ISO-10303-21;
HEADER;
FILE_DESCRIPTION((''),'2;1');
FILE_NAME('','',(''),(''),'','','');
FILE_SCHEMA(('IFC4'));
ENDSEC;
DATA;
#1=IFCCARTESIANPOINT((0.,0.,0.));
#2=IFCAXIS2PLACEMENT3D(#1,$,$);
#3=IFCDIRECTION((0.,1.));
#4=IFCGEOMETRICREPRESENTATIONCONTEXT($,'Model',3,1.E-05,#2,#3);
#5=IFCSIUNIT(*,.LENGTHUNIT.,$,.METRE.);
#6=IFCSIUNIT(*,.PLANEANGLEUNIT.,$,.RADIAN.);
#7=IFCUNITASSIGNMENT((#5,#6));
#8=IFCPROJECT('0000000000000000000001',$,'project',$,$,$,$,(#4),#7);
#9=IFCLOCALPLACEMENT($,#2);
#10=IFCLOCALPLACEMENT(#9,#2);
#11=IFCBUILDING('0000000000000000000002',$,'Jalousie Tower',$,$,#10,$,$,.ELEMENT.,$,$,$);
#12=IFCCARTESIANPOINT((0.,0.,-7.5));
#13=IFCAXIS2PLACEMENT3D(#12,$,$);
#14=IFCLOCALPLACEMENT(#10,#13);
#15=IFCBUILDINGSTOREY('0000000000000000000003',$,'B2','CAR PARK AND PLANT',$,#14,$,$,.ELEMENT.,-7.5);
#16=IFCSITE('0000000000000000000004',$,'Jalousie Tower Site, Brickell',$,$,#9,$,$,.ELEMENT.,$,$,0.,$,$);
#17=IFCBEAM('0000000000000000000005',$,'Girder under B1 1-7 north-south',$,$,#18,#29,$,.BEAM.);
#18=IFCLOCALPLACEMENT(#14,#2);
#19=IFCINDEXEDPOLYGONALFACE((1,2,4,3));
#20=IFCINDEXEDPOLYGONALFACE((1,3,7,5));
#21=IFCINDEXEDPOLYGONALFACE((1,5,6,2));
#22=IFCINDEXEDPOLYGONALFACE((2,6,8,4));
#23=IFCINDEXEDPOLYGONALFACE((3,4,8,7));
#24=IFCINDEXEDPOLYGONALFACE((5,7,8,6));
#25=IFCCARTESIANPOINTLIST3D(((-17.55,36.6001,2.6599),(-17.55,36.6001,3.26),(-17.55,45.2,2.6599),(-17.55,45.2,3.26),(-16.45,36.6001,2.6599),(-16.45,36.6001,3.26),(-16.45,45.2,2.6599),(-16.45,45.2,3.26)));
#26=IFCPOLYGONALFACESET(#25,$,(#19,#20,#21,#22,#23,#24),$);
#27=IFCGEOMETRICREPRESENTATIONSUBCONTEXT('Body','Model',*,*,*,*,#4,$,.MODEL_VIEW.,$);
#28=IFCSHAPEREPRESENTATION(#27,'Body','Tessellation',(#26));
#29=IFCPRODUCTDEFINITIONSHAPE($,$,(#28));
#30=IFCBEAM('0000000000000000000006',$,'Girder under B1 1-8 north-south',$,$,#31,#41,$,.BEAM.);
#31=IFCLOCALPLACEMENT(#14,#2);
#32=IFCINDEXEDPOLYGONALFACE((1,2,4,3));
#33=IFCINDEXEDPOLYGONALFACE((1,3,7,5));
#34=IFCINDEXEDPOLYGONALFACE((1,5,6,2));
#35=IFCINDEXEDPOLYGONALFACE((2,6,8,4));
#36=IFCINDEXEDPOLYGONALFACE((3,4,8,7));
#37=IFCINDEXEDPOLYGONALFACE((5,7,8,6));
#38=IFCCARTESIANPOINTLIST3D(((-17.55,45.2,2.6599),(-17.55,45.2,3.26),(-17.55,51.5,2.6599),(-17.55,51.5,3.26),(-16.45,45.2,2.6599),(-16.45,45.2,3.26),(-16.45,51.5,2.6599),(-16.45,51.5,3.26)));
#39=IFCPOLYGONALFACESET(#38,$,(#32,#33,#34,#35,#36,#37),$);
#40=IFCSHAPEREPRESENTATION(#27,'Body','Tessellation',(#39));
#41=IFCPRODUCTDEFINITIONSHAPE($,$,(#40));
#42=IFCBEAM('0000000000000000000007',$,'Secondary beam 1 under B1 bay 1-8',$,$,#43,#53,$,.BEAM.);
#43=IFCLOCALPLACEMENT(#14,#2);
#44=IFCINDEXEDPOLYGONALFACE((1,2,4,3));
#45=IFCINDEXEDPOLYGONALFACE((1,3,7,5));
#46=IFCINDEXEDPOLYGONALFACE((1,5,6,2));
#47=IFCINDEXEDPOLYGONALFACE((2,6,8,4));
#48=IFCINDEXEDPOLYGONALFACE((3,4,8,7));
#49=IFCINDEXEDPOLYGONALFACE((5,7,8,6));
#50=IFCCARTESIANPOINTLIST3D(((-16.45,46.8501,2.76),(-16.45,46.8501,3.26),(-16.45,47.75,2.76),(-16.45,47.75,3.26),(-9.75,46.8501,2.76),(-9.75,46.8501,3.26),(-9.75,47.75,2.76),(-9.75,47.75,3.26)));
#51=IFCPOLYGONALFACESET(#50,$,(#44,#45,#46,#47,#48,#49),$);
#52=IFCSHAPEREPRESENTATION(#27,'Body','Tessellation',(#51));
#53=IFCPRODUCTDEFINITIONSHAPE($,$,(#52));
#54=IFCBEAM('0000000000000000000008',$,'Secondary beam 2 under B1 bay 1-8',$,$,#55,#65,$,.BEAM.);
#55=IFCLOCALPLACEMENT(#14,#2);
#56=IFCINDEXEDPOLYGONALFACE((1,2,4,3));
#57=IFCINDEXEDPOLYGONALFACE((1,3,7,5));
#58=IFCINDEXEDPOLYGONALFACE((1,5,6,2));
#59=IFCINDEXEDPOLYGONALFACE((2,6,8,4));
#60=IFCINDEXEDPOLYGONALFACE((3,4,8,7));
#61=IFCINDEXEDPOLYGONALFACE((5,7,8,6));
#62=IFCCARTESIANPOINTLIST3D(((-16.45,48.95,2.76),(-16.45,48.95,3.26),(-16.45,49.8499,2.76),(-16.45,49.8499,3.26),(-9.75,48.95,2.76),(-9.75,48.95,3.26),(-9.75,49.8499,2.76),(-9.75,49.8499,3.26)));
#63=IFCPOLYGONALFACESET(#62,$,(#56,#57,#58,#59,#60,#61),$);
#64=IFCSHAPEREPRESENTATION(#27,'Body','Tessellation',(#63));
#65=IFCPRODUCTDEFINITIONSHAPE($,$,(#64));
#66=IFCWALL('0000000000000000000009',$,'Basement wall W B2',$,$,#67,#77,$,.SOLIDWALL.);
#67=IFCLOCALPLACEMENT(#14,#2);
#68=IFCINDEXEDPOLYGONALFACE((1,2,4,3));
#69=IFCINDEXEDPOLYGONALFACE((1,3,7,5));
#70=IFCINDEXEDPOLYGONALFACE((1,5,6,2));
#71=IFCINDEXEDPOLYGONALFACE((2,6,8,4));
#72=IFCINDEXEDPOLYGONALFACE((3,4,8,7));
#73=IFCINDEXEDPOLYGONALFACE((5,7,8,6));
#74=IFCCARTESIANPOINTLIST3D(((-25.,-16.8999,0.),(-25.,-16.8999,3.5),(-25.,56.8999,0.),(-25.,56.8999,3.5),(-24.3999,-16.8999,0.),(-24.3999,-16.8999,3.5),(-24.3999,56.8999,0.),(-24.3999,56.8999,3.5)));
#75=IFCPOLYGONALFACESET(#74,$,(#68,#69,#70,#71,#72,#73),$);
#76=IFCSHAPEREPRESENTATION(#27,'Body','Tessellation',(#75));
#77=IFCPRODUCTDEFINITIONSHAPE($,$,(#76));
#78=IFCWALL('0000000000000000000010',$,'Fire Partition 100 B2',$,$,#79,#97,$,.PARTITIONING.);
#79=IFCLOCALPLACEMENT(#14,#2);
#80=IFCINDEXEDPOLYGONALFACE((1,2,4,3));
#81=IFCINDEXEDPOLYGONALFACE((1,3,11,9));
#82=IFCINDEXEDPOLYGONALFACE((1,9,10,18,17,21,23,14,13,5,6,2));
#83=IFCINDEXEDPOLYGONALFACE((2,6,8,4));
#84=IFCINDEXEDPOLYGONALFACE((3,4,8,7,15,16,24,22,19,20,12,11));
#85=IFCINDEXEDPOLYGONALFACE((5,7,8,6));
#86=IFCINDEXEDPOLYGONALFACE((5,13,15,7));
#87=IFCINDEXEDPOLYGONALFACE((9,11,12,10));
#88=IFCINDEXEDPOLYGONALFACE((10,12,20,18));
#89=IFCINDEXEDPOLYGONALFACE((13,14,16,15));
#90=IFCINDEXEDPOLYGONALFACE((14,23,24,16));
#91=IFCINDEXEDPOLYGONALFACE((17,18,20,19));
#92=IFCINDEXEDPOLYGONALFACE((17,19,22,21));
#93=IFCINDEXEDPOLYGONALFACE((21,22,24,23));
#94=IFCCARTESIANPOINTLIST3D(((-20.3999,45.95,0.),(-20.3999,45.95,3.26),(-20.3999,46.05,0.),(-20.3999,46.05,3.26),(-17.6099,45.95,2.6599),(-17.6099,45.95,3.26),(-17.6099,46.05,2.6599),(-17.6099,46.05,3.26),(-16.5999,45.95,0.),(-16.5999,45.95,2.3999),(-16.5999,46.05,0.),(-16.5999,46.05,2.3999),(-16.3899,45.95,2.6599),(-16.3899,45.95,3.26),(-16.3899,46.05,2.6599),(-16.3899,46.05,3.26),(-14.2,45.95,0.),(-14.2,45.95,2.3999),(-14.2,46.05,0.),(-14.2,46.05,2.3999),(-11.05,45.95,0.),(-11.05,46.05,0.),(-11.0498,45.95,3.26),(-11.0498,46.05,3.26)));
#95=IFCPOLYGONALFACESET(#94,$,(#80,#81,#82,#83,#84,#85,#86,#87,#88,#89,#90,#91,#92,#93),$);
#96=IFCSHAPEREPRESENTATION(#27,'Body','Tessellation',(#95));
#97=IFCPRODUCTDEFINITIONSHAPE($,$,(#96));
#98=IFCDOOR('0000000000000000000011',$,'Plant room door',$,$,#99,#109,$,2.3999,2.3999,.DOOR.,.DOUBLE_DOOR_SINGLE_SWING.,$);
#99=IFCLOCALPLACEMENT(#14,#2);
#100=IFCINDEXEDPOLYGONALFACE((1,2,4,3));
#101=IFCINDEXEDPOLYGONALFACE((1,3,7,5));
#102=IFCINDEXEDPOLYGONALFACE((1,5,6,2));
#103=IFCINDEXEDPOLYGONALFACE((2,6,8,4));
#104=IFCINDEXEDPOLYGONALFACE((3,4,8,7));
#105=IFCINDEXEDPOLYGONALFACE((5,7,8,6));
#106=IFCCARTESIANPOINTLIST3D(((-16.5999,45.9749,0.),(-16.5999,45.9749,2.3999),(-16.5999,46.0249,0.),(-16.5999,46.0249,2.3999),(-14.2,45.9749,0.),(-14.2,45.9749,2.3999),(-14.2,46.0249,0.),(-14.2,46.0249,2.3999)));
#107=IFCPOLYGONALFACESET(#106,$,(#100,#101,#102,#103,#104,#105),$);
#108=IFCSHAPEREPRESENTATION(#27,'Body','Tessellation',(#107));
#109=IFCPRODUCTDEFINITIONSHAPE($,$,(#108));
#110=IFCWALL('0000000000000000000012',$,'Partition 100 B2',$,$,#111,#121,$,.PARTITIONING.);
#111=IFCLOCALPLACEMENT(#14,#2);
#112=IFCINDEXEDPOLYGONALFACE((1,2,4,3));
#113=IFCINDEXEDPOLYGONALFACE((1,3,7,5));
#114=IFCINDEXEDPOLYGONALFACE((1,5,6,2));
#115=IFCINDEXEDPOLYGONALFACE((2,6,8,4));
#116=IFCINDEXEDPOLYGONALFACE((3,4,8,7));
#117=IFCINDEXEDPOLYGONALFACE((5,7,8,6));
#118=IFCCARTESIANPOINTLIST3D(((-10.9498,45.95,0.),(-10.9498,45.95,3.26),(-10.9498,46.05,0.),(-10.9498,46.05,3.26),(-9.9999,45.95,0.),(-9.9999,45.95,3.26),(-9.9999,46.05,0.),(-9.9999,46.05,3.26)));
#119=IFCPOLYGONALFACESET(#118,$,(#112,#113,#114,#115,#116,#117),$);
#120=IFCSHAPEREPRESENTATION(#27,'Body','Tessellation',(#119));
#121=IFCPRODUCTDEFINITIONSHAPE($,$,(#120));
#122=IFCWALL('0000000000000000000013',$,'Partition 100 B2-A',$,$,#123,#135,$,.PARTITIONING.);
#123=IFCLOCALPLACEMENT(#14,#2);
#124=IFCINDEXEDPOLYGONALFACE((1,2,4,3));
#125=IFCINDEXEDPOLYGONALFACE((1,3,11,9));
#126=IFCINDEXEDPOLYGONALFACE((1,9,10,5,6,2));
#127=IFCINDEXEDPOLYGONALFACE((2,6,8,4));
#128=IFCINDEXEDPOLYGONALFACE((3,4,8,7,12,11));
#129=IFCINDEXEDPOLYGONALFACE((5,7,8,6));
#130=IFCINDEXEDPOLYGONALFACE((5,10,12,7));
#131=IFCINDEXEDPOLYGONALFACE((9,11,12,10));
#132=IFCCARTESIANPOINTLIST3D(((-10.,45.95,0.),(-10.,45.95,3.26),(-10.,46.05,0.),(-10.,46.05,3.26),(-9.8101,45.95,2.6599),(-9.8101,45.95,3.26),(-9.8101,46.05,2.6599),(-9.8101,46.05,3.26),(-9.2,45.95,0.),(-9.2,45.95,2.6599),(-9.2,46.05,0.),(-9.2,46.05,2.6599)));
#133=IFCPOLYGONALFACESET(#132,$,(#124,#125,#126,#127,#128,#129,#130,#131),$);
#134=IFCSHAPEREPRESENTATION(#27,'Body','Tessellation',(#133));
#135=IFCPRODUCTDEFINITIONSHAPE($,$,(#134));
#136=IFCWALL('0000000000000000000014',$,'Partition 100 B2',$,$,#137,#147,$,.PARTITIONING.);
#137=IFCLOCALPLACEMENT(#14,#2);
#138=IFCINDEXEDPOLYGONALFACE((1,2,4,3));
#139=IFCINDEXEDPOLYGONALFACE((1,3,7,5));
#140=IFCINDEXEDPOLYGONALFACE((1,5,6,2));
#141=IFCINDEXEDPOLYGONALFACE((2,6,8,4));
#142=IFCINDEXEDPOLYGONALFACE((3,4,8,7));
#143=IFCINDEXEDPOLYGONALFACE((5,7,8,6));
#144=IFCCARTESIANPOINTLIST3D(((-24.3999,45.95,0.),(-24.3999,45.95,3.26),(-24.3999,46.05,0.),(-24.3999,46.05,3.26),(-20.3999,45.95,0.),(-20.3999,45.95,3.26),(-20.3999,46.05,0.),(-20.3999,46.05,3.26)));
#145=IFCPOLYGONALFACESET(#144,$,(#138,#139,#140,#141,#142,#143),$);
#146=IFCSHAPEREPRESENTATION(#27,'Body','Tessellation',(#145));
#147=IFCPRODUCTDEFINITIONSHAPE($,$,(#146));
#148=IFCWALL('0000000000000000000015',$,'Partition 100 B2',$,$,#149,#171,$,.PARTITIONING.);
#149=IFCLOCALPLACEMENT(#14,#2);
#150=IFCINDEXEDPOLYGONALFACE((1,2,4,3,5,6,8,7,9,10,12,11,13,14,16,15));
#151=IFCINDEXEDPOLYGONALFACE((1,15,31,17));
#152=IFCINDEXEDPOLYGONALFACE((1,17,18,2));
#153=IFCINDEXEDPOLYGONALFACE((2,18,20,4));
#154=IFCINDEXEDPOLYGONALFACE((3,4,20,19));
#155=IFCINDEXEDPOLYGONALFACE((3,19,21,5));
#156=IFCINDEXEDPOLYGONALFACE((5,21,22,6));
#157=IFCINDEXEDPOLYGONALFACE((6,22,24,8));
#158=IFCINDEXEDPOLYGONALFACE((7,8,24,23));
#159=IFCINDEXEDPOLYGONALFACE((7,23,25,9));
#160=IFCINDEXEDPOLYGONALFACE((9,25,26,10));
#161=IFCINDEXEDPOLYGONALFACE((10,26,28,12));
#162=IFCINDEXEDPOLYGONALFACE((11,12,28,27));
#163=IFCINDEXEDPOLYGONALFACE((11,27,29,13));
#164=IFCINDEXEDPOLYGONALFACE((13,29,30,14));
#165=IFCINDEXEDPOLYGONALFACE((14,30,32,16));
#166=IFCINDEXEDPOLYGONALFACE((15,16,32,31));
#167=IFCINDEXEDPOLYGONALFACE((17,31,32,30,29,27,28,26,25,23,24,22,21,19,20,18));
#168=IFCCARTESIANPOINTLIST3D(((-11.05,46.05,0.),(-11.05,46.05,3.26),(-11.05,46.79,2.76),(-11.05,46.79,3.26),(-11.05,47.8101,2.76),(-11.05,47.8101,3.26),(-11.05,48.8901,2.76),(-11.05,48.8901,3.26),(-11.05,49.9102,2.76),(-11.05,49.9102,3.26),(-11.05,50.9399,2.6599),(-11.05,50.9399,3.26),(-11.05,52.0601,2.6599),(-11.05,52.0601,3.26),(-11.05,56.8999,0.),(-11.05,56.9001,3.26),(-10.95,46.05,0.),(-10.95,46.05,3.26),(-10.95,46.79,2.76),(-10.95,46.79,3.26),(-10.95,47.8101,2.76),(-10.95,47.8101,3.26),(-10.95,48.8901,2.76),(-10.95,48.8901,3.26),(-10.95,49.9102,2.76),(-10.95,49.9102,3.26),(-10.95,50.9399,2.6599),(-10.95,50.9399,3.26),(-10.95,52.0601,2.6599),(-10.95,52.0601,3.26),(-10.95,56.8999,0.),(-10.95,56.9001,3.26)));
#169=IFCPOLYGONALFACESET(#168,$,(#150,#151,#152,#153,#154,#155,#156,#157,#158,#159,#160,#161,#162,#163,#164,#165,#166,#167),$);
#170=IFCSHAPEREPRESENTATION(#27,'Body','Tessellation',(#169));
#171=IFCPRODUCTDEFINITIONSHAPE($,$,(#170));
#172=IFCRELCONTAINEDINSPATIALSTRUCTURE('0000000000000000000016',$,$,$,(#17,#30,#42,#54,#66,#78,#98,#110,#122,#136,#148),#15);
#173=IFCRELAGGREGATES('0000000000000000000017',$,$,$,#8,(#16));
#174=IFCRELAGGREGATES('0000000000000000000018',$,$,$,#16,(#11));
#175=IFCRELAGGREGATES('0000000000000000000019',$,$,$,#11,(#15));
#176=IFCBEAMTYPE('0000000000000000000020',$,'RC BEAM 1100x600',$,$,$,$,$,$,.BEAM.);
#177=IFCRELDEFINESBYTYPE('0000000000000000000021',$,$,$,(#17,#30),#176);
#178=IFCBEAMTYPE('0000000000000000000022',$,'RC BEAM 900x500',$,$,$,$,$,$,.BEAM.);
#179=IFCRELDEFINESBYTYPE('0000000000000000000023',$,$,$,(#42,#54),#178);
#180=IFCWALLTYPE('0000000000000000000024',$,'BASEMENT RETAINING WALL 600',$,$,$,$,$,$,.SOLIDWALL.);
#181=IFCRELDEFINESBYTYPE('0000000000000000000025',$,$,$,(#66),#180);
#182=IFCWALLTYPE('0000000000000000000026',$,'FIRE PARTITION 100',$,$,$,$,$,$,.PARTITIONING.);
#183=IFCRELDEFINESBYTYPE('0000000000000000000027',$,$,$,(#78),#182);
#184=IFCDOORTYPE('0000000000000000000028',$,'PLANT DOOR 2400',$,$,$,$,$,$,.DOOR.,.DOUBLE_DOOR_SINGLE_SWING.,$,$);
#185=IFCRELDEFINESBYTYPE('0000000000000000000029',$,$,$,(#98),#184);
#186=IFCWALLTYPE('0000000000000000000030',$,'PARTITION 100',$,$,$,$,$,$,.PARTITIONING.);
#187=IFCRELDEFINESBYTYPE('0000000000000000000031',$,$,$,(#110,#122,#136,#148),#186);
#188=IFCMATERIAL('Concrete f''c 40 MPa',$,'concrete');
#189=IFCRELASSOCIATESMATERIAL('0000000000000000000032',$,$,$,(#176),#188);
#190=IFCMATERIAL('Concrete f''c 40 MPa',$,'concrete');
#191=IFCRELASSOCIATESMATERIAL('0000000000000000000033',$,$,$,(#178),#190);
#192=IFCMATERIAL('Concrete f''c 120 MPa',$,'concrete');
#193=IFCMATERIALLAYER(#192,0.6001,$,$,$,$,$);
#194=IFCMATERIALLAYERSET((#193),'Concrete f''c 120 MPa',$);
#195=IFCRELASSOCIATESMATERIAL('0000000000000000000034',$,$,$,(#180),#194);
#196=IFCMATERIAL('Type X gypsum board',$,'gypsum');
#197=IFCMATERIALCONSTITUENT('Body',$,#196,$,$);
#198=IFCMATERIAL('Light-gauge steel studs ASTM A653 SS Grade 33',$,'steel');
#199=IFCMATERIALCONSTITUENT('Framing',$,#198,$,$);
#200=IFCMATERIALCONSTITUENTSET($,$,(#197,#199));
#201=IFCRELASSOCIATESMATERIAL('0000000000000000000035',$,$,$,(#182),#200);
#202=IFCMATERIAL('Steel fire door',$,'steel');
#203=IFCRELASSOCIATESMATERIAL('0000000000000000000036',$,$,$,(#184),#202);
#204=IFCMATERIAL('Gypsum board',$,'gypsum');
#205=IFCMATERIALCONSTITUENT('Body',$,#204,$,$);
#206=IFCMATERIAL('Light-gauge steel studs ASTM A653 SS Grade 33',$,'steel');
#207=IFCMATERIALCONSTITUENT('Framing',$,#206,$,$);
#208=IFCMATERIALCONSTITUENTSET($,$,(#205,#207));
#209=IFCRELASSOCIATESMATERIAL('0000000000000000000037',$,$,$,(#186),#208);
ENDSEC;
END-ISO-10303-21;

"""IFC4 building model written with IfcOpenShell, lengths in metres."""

from ifc_helpers import new_model, si_unit, direction, frame, frame_2d, origin, origin_2d, place, context, subcontext, project, spatial, polyline, rectangle, outline, extrude, material, layer, layer_set, constituent, constituent_set, material_profile, profile_set, type_object, element, fill, save


model = new_model("IFC4")

# Units and contexts
model_context = context("Model", 3, precision=1e-05, world=origin(), true_north=direction((0.0, 1.0)))
body_context = subcontext(model_context, "Body", "Model", "MODEL_VIEW")
ifc_project = project(units=[si_unit("LENGTHUNIT", "METRE"), si_unit("PLANEANGLEUNIT", "RADIAN")], contexts=[model_context])

# Site, building, storey
site_placement = place(None, origin())
site = spatial("IfcSite", under=ifc_project, at=site_placement, Name="Jalousie Tower Site, Brickell", CompositionType="ELEMENT", RefElevation=0.0)
building_placement = place(site_placement, origin())
building = spatial("IfcBuilding", under=site, at=building_placement, Name="Jalousie Tower", CompositionType="ELEMENT")
storey_placement = place(building_placement, frame((0.0, 0.0, -7.5)))
storey = spatial("IfcBuildingStorey", under=building, at=storey_placement, Name="B2", Description="CAR PARK AND PLANT", CompositionType="ELEMENT", Elevation=-7.5)

# Beams
ifc_material_1 = material(Name="Concrete f'c 40 MPa", Category="concrete")
ifc_material_profile_1 = material_profile(ifc_material_1, rectangle(XDim=1.1001, YDim=0.6001, at=origin_2d()), Name="RC 1100x600")
ifc_profile_set_1 = profile_set([ifc_material_profile_1], Name="Concrete f'c 40 MPa")
beam_type_1 = type_object("IfcBeamType", Name="RC BEAM 1100x600", PredefinedType="BEAM", material=ifc_profile_set_1)
beam_1_placement = place(storey_placement, frame((-17.0, 36.6001, 2.96), z_axis=(0.0, 1.0, 0.0), x_axis=(-1.0, 0.0, 0.0)))
element("IfcBeam", 1, at=beam_1_placement, inside=storey, type_object=beam_type_1, Name="Girder under B1 1-7 north-south", PredefinedType="BEAM", context=body_context, shape_type="SweptSolid", body=[
    extrude(rectangle(XDim=1.1001, YDim=0.6001, at=origin_2d()), origin(), (0.0, 0.0, 1.0), 8.5999),
])
beam_2_placement = place(storey_placement, frame((-17.0, 45.2, 2.96), z_axis=(0.0, 1.0, 0.0), x_axis=(-1.0, 0.0, 0.0)))
element("IfcBeam", 2, at=beam_2_placement, inside=storey, type_object=beam_type_1, Name="Girder under B1 1-8 north-south", PredefinedType="BEAM", context=body_context, shape_type="SweptSolid", body=[
    extrude(rectangle(XDim=1.1001, YDim=0.6001, at=origin_2d()), origin(), (0.0, 0.0, 1.0), 6.3),
])
ifc_material_2 = material(Name="Concrete f'c 40 MPa", Category="concrete")
ifc_material_profile_2 = material_profile(ifc_material_2, rectangle(XDim=0.8999, YDim=0.5, at=origin_2d()), Name="RC 900x500")
ifc_profile_set_2 = profile_set([ifc_material_profile_2], Name="Concrete f'c 40 MPa")
beam_type_2 = type_object("IfcBeamType", Name="RC BEAM 900x500", PredefinedType="BEAM", material=ifc_profile_set_2)
for number, where, z_axis, x_axis, name in (
    (3, (-16.45, 47.3, 3.01), (1.0, 0.0, 0.0), (0.0, 1.0, 0.0), "Secondary beam 1 under B1 bay 1-8"),
    (4, (-16.45, 49.3999, 3.01), (1.0, 0.0, 0.0), (0.0, 1.0, 0.0), "Secondary beam 2 under B1 bay 1-8"),
):
    element("IfcBeam", number, at=place(storey_placement, frame(where, z_axis=z_axis, x_axis=x_axis)), inside=storey, type_object=beam_type_2, Name=name, PredefinedType="BEAM", context=body_context, shape_type="SweptSolid", body=[
        extrude(rectangle(XDim=0.8999, YDim=0.5, at=origin_2d()), origin(), (0.0, 0.0, 1.0), 6.7),
    ])

# Wall
ifc_material_3 = material(Name="Concrete f'c 120 MPa", Category="concrete")
ifc_layer = layer(ifc_material_3, 0.6001)
ifc_layer_set = layer_set([ifc_layer], Name="Concrete f'c 120 MPa")
wall_type_1 = type_object("IfcWallType", Name="BASEMENT RETAINING WALL 600", PredefinedType="SOLIDWALL", material=ifc_layer_set)
wall_1_placement = place(storey_placement, frame((-24.7, 56.8999, 0.0), z_axis=(0.0, 0.0, 1.0), x_axis=(0.0, -1.0, 0.0)))
element("IfcWall", 5, at=wall_1_placement, inside=storey, type_object=wall_type_1, Name="Basement wall W B2", PredefinedType="SOLIDWALL", context=body_context, shape_type="SweptSolid", body=[
    extrude(rectangle(XDim=73.7998, YDim=0.6001, at=frame_2d((36.8999, 0.0))), origin(), (0.0, 0.0, 1.0), 3.5),
])

# Wall, opening, door
ifc_material_4 = material(Name="Type X gypsum board", Category="gypsum")
ifc_constituent_1 = constituent(ifc_material_4, Name="Body")
ifc_material_5 = material(Name="Light-gauge steel studs ASTM A653 SS Grade 33", Category="steel")
ifc_constituent_2 = constituent(ifc_material_5, Name="Framing")
ifc_constituent_set_1 = constituent_set(constituents=[ifc_constituent_1, ifc_constituent_2])
wall_type_2 = type_object("IfcWallType", Name="FIRE PARTITION 100", PredefinedType="PARTITIONING", material=ifc_constituent_set_1)
wall_2_placement = place(storey_placement, frame((-20.3999, 46.0, 0.0), z_axis=(0.0, 0.0, 1.0), x_axis=(1.0, 0.0, 0.0)))
wall_2 = element("IfcWall", 6, at=wall_2_placement, inside=storey, type_object=wall_type_2, Name="Fire Partition 100 B2", PredefinedType="PARTITIONING", context=body_context, shape_type="SweptSolid", body=[
    extrude(outline(polyline([(0.0, 0.0), (9.3499, 0.0), (9.3501, 3.26), (4.01, 3.26), (4.01, 2.6599), (2.79, 2.6599), (2.79, 3.26), (0.0, 3.26), (0.0, 0.0)])), frame((0.0, 0.05, 0.0), z_axis=(0.0, -1.0, 0.0), x_axis=(1.0, 0.0, 0.0)), (0.0, 0.0, 1.0), 0.1001),
])
opening_1_placement = place(wall_2_placement, frame((3.8, 0.0, 0.0)))
opening_1 = element("IfcOpeningElement", 7, at=opening_1_placement, cuts=wall_2, PredefinedType="OPENING", context=body_context, shape_type="SweptSolid", body=[
    extrude(rectangle(XDim=2.3999, YDim=2.3999, at=frame_2d((1.2, 1.2))), frame((0.0, 0.0601, 0.0), z_axis=(0.0, -1.0, 0.0), x_axis=(1.0, 0.0, 0.0)), (0.0, 0.0, 1.0), 0.1201),
])
ifc_material_6 = material(Name="Steel fire door", Category="steel")
door_type_1 = type_object("IfcDoorType", Name="PLANT DOOR 2400", OperationType="DOUBLE_DOOR_SINGLE_SWING", PredefinedType="DOOR", material=ifc_material_6)
door_1_placement = place(opening_1_placement, origin())
door_1 = element("IfcDoor", 8, at=door_1_placement, inside=storey, type_object=door_type_1, Name="Plant room door", OperationType="DOUBLE_DOOR_SINGLE_SWING", OverallHeight=2.3999, OverallWidth=2.3999, PredefinedType="DOOR", context=body_context, shape_type="SweptSolid", body=[
    extrude(rectangle(XDim=2.3999, YDim=2.3999, at=frame_2d((1.2, 1.2))), frame((0.0, 0.0249, 0.0), z_axis=(0.0, -1.0, 0.0), x_axis=(1.0, 0.0, 0.0)), (0.0, 0.0, 1.0), 0.05),
])
fill(opening_1, door_1)

# Walls
ifc_material_7 = material(Name="Gypsum board", Category="gypsum")
ifc_constituent_3 = constituent(ifc_material_7, Name="Body")
ifc_material_8 = material(Name="Light-gauge steel studs ASTM A653 SS Grade 33", Category="steel")
ifc_constituent_4 = constituent(ifc_material_8, Name="Framing")
ifc_constituent_set_2 = constituent_set(constituents=[ifc_constituent_3, ifc_constituent_4])
wall_type_3 = type_object("IfcWallType", Name="PARTITION 100", PredefinedType="PARTITIONING", material=ifc_constituent_set_2)
wall_3_placement = place(storey_placement, frame((-10.95, 46.0, 0.0), z_axis=(0.0, 0.0, 1.0), x_axis=(1.0, 0.0, 0.0)))
element("IfcWall", 9, at=wall_3_placement, inside=storey, type_object=wall_type_3, Name="Partition 100 B2", PredefinedType="PARTITIONING", context=body_context, shape_type="SweptSolid", body=[
    extrude(rectangle(XDim=0.95, YDim=0.1001, at=frame_2d((0.4751, 0.0))), origin(), (0.0, 0.0, 1.0), 3.26),
])
wall_4_placement = place(storey_placement, frame((-10.0, 46.0, 0.0), z_axis=(0.0, 0.0, 1.0), x_axis=(1.0, 0.0, 0.0)))
element("IfcWall", 10, at=wall_4_placement, inside=storey, type_object=wall_type_3, Name="Partition 100 B2-A", PredefinedType="PARTITIONING", context=body_context, shape_type="SweptSolid", body=[
    extrude(outline(polyline([(0.0, 0.0), (0.8, 0.0), (0.8, 2.6599), (0.1899, 2.6599), (0.1899, 3.26), (0.0, 3.26), (0.0, 0.0)])), frame((0.0, 0.05, 0.0), z_axis=(0.0, -1.0, 0.0), x_axis=(1.0, 0.0, 0.0)), (0.0, 0.0, 1.0), 0.1001),
])
wall_5_placement = place(storey_placement, frame((-24.3999, 46.0, 0.0), z_axis=(0.0, 0.0, 1.0), x_axis=(1.0, 0.0, 0.0)))
element("IfcWall", 11, at=wall_5_placement, inside=storey, type_object=wall_type_3, Name="Partition 100 B2", PredefinedType="PARTITIONING", context=body_context, shape_type="SweptSolid", body=[
    extrude(rectangle(XDim=4.0, YDim=0.1001, at=frame_2d((2.0, 0.0))), origin(), (0.0, 0.0, 1.0), 3.26),
])
wall_6_placement = place(storey_placement, frame((-11.0, 46.05, 0.0), z_axis=(0.0, 0.0, 1.0), x_axis=(0.0, 1.0, 0.0)))
element("IfcWall", 12, at=wall_6_placement, inside=storey, type_object=wall_type_3, Name="Partition 100 B2", PredefinedType="PARTITIONING", context=body_context, shape_type="SweptSolid", body=[
    extrude(outline(polyline([(0.0, 0.0), (10.8499, 0.0), (10.8501, 3.26), (6.01, 3.26), (6.01, 2.6599), (4.8899, 2.6599), (4.8899, 3.26), (3.8601, 3.26), (3.8601, 2.76), (2.8401, 2.76), (2.8401, 3.26), (1.76, 3.26), (1.76, 2.76), (0.74, 2.76), (0.74, 3.26), (0.0, 3.26), (0.0, 0.0)])), frame((0.0, 0.05, 0.0), z_axis=(0.0, -1.0, 0.0), x_axis=(1.0, 0.0, 0.0)), (0.0, 0.0, 1.0), 0.1001),
])

save(model, "model.ifc")
